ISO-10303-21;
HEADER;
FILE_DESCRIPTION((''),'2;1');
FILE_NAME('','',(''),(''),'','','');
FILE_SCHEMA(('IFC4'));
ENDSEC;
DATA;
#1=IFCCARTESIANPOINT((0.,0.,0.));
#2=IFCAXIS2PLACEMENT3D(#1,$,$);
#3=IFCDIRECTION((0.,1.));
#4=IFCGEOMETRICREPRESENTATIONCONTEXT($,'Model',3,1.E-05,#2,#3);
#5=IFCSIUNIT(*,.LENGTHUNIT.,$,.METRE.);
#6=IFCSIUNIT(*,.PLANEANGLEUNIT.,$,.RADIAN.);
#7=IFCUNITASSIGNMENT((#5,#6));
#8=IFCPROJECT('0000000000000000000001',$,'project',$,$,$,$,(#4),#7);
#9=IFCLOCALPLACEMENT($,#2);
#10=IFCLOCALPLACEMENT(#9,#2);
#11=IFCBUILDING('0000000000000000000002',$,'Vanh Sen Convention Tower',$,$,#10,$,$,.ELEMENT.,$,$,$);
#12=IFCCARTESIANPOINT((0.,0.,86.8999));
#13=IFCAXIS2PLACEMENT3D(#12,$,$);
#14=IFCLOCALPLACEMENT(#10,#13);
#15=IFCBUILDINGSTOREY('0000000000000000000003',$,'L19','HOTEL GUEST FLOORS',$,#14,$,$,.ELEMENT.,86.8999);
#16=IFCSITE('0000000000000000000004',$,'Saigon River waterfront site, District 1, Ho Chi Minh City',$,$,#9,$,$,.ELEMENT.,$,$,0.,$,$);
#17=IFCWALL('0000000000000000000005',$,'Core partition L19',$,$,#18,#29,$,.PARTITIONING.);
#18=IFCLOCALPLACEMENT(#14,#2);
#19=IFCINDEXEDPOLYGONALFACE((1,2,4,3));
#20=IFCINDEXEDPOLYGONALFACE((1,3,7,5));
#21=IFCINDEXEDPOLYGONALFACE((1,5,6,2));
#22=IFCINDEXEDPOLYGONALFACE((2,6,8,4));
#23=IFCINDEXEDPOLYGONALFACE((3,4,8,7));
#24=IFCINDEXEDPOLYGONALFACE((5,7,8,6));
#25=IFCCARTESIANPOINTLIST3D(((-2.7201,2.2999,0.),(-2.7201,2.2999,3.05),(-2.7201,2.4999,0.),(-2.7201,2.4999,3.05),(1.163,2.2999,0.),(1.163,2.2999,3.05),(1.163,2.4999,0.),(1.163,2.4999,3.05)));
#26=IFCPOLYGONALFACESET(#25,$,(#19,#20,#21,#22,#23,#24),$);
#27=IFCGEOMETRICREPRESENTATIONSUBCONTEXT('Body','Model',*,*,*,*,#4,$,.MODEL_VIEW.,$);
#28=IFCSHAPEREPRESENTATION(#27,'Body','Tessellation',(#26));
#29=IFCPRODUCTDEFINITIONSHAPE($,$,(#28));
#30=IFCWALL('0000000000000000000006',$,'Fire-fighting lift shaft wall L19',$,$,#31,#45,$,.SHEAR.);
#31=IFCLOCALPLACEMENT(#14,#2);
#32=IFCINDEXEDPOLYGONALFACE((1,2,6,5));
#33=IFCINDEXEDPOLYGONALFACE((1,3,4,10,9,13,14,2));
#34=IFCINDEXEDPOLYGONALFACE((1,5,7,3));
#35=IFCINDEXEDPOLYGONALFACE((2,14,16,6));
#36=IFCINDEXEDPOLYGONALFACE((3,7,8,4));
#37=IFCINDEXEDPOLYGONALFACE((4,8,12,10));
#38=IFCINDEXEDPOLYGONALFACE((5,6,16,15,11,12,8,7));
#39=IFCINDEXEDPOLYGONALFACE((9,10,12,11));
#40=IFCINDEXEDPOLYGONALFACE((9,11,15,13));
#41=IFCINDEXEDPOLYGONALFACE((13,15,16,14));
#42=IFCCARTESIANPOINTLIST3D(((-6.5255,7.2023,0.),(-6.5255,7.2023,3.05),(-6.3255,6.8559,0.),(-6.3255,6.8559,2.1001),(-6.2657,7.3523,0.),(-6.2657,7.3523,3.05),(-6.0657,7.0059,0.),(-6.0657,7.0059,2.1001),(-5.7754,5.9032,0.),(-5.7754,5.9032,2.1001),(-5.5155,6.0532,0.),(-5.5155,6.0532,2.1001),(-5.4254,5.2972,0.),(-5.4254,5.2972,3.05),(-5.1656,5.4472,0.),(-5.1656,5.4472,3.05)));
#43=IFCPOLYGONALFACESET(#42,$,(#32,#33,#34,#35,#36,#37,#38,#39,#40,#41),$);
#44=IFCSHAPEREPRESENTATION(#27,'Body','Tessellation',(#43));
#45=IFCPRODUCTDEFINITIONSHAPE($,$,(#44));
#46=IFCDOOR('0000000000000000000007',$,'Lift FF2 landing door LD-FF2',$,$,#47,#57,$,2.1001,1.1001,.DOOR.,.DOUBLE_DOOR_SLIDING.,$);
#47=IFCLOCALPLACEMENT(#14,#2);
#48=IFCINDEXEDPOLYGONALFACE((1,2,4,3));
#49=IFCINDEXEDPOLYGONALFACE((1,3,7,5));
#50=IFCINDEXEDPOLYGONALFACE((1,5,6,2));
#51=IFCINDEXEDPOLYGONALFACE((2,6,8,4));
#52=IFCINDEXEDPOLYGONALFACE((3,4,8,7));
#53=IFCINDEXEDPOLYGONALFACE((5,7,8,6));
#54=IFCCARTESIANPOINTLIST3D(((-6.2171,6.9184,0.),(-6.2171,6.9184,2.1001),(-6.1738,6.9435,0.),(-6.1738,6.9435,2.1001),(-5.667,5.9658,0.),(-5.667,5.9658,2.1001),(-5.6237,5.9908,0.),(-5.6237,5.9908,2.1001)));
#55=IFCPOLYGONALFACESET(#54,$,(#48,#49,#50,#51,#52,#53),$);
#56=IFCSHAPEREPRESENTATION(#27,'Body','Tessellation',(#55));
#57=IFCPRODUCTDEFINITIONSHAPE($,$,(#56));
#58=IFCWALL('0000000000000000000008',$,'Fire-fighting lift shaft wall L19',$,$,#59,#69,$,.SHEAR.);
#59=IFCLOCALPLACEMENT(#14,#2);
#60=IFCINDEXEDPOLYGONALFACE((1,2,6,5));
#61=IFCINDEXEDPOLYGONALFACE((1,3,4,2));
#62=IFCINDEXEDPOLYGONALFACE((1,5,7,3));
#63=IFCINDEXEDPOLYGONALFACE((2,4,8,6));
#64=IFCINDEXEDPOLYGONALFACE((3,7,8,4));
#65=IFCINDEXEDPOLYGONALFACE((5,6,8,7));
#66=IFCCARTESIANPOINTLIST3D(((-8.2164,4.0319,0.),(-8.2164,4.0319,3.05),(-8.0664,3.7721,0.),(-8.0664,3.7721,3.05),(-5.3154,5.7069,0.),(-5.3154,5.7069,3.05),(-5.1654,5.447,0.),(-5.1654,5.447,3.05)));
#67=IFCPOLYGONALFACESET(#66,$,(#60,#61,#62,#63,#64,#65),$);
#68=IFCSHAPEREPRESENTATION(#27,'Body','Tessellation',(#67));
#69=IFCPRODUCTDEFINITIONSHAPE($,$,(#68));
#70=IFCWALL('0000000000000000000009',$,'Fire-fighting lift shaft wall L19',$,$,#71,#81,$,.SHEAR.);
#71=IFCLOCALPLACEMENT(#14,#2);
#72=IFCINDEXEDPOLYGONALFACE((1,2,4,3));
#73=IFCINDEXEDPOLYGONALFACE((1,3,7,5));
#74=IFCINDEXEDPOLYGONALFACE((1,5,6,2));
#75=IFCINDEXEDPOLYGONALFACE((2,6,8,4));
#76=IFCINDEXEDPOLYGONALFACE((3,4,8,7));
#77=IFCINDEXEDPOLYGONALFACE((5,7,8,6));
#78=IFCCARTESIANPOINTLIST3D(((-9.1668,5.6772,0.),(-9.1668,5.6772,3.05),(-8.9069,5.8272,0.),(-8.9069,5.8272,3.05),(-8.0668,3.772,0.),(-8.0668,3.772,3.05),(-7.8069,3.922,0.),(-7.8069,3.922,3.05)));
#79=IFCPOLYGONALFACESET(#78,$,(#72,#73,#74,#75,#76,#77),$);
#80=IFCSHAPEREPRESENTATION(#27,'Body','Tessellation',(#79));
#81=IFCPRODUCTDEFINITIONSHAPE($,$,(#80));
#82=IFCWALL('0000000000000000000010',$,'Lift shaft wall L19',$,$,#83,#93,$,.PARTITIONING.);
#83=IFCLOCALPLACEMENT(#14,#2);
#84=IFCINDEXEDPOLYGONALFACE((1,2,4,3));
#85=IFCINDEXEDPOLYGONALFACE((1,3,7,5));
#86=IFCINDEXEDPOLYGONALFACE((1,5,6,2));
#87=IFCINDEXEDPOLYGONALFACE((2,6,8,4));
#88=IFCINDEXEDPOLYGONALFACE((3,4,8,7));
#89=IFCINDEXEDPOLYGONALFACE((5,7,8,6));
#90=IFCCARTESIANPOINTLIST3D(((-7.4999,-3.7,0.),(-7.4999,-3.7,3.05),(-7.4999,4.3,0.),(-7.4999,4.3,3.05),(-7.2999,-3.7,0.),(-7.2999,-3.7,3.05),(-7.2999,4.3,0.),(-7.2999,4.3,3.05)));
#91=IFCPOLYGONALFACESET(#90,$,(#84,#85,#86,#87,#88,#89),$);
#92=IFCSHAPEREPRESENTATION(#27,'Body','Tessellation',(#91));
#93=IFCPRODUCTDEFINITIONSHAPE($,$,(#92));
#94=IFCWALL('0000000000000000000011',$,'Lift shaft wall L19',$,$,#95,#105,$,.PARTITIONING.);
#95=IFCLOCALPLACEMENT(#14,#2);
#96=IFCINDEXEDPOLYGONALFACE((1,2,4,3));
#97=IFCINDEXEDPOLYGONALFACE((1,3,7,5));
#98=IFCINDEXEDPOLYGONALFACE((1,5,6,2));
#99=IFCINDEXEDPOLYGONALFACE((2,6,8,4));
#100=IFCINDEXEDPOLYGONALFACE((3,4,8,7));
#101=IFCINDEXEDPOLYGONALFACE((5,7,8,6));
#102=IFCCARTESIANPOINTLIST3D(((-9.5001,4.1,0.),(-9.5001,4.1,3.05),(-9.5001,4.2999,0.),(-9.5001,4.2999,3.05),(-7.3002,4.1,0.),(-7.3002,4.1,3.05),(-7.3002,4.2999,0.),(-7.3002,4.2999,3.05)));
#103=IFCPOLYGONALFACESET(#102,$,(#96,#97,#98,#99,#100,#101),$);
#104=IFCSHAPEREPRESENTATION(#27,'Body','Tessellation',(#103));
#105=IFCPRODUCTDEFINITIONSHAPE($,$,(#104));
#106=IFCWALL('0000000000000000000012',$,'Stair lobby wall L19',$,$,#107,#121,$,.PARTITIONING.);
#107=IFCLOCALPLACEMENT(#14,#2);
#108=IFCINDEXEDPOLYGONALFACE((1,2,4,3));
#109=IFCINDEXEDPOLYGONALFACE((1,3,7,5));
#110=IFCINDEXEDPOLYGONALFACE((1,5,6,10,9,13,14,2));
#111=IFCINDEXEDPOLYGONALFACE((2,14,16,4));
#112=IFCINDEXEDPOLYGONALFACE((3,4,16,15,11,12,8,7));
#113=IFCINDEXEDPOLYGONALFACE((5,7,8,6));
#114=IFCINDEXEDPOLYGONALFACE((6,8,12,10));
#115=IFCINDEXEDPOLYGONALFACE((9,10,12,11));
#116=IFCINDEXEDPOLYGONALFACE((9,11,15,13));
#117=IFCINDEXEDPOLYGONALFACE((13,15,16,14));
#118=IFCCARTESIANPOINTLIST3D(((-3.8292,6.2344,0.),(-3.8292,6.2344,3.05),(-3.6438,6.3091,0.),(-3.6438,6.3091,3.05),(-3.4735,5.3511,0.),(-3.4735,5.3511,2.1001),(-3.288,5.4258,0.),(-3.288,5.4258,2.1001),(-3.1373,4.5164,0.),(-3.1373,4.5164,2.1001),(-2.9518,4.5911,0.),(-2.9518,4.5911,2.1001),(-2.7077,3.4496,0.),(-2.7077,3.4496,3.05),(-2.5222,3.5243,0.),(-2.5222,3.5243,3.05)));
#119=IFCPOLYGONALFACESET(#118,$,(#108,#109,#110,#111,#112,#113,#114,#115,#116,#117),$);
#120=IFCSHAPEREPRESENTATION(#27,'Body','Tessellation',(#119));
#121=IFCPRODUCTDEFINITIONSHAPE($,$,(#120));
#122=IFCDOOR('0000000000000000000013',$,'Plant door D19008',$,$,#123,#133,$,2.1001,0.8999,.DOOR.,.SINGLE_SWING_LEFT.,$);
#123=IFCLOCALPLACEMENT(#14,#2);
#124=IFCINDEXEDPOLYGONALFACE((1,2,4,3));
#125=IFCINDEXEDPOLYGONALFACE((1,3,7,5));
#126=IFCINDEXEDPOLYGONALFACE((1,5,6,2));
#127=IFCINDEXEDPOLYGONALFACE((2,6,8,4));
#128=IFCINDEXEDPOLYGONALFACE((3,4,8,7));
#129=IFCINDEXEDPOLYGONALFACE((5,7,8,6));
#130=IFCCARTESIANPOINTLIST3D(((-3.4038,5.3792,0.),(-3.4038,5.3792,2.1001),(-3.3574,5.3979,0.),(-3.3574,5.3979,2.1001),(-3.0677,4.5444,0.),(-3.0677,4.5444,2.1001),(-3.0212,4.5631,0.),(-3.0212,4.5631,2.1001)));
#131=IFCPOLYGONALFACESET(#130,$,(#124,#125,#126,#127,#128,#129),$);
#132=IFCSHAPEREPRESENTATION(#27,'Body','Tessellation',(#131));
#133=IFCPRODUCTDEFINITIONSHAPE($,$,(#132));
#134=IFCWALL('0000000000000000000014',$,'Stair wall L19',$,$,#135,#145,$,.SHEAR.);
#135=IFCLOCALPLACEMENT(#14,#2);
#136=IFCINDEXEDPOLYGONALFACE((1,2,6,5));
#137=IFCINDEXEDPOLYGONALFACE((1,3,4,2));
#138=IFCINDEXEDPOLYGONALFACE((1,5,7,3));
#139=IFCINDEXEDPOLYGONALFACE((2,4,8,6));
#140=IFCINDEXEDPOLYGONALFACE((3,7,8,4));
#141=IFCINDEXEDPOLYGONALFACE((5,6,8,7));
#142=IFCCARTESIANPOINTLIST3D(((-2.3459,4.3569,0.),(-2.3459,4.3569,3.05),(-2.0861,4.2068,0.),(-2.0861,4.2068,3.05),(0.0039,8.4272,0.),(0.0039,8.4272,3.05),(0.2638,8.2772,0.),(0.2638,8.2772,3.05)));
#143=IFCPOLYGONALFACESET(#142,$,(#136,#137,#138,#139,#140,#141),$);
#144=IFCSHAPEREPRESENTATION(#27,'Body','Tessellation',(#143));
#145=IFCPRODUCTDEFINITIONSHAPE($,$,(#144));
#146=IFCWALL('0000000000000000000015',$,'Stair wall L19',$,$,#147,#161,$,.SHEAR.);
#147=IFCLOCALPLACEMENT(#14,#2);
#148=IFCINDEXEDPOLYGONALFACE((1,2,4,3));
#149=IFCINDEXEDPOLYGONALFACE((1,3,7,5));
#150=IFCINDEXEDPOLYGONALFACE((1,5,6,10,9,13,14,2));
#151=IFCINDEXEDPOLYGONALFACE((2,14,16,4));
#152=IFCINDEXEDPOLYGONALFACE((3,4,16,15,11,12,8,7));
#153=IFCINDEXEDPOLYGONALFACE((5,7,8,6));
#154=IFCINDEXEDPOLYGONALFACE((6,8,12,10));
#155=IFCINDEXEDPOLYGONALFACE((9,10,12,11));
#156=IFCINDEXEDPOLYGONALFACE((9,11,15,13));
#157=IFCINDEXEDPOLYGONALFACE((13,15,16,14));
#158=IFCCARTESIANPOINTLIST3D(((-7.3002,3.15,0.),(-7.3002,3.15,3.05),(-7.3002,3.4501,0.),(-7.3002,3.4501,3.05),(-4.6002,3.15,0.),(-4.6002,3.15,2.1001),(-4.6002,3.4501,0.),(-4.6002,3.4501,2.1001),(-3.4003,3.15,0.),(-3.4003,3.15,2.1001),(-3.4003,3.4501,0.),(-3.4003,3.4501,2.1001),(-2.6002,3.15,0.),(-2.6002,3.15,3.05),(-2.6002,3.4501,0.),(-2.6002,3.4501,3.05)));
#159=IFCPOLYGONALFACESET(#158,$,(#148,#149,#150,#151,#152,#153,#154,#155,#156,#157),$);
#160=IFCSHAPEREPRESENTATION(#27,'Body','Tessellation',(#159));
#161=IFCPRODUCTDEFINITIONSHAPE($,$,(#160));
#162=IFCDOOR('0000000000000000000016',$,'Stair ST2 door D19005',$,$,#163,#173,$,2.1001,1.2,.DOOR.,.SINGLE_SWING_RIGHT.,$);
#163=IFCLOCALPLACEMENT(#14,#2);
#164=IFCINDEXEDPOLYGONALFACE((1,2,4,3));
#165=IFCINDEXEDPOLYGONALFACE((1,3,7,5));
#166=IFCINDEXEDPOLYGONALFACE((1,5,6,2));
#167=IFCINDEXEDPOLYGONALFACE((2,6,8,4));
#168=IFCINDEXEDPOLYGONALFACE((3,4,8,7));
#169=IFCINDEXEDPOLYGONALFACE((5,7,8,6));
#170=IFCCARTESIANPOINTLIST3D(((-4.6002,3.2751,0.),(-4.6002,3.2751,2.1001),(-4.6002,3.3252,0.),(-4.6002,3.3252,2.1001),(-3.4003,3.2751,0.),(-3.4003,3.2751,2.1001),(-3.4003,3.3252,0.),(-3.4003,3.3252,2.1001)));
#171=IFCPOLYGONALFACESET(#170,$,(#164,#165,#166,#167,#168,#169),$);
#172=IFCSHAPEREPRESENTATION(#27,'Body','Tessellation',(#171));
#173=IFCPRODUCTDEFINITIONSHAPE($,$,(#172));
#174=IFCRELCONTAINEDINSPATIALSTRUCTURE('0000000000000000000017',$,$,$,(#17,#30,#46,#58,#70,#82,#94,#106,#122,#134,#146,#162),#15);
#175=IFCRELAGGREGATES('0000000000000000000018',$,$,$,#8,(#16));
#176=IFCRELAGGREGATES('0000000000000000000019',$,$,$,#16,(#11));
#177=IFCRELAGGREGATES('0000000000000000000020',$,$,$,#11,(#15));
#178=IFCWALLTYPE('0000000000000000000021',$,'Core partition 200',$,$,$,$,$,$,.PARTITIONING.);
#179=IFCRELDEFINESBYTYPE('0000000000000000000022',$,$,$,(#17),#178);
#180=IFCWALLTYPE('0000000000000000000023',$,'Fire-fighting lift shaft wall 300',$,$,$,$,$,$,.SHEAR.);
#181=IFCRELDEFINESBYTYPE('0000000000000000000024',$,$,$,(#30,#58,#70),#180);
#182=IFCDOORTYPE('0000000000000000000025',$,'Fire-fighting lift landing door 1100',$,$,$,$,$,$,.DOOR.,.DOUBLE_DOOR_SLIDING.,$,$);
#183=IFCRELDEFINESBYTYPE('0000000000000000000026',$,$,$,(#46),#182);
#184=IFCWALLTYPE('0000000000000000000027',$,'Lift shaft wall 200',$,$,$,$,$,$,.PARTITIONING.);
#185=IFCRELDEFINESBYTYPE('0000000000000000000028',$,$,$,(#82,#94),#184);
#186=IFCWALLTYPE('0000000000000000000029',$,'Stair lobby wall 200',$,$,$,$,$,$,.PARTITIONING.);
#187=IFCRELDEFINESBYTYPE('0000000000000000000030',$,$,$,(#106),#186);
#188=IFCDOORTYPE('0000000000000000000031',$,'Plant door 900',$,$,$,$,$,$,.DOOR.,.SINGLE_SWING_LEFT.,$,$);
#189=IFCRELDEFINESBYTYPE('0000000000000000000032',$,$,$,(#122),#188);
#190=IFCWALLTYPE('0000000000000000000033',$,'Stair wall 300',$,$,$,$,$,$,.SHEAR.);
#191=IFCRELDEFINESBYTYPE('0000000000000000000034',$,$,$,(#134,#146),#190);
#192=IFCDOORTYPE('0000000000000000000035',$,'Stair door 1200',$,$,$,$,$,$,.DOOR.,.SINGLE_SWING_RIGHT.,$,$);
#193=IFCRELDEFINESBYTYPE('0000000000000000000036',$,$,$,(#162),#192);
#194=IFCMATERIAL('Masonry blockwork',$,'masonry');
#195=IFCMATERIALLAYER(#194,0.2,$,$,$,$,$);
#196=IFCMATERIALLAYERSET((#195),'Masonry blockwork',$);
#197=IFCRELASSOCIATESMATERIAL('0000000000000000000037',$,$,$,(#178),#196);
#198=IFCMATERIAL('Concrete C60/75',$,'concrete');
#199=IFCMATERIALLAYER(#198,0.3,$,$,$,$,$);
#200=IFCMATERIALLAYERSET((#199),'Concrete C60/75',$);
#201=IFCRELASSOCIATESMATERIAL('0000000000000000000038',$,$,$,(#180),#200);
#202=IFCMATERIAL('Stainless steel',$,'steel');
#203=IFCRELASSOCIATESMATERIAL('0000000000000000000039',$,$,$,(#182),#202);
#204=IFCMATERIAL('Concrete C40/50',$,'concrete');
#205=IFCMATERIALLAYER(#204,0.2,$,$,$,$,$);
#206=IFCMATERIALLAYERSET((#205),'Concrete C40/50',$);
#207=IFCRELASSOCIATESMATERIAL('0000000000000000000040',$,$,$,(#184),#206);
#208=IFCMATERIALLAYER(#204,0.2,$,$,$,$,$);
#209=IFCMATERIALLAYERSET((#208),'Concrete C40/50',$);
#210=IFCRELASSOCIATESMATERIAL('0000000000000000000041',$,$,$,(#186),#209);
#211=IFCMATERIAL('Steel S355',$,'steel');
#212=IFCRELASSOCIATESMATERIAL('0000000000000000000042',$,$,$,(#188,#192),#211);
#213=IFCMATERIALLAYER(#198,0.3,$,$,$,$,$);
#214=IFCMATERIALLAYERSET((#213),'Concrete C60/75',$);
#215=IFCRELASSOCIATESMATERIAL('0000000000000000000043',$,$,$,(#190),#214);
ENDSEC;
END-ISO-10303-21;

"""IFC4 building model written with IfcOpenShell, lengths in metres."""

from ifc_helpers import new_model, si_unit, direction, frame, frame_2d, origin, place, context, subcontext, project, spatial, rectangle, extrude, material, layer, layer_set, type_object, element, fill, save


model = new_model("IFC4")

# Units and contexts
model_context = context("Model", 3, precision=1e-05, world=origin(), true_north=direction((0.0, 1.0)))
body_context = subcontext(model_context, "Body", "Model", "MODEL_VIEW")
ifc_project = project(units=[si_unit("LENGTHUNIT", "METRE"), si_unit("PLANEANGLEUNIT", "RADIAN")], contexts=[model_context])

# Site, building, storey
site_placement = place(None, origin())
site = spatial("IfcSite", under=ifc_project, at=site_placement, Name="Saigon River waterfront site, District 1, Ho Chi Minh City", CompositionType="ELEMENT", RefElevation=0.0)
building_placement = place(site_placement, origin())
building = spatial("IfcBuilding", under=site, at=building_placement, Name="Vanh Sen Convention Tower", CompositionType="ELEMENT")
storey_placement = place(building_placement, frame((0.0, 0.0, 86.8999)))
storey = spatial("IfcBuildingStorey", under=building, at=storey_placement, Name="L19", Description="HOTEL GUEST FLOORS", CompositionType="ELEMENT", Elevation=86.8999)

# Wall
ifc_material_1 = material(Name="Masonry blockwork", Category="masonry")
ifc_layer_1 = layer(ifc_material_1, 0.2)
ifc_layer_set_1 = layer_set([ifc_layer_1], Name="Masonry blockwork")
wall_type_1 = type_object("IfcWallType", Name="Core partition 200", PredefinedType="PARTITIONING", material=ifc_layer_set_1)
wall_1_placement = place(storey_placement, frame((-2.72, 2.3999, 0.0), z_axis=(0.0, 0.0, 1.0), x_axis=(1.0, 0.0, 0.0)))
element("IfcWall", 1, at=wall_1_placement, inside=storey, type_object=wall_type_1, Name="Core partition L19", PredefinedType="PARTITIONING", context=body_context, shape_type="SweptSolid", body=[
    extrude(rectangle(XDim=3.8831, YDim=0.2, at=frame_2d((1.9414, 0.0))), origin(), (0.0, 0.0, 1.0), 3.05),
])

# Wall, opening, door
ifc_material_2 = material(Name="Concrete C60/75", Category="concrete")
ifc_layer_2 = layer(ifc_material_2, 0.3)
ifc_layer_set_2 = layer_set([ifc_layer_2], Name="Concrete C60/75")
wall_type_2 = type_object("IfcWallType", Name="Fire-fighting lift shaft wall 300", PredefinedType="SHEAR", material=ifc_layer_set_2)
wall_2_placement = place(storey_placement, frame((-5.2954, 5.3721, 0.0), z_axis=(0.0, 0.0, 1.0), x_axis=(-0.500078, 0.86598, 0.0)))
wall_2 = element("IfcWall", 2, at=wall_2_placement, inside=storey, type_object=wall_type_2, Name="Fire-fighting lift shaft wall L19", PredefinedType="SHEAR", context=body_context, shape_type="SweptSolid", body=[
    extrude(rectangle(XDim=2.2, YDim=0.3, at=frame_2d((1.1001, 0.0))), origin(), (0.0, 0.0, 1.0), 3.05),
])
opening_1_placement = place(wall_2_placement, frame((0.7, 0.0, 0.0)))
opening_1 = element("IfcOpeningElement", 3, at=opening_1_placement, cuts=wall_2, PredefinedType="OPENING", context=body_context, shape_type="SweptSolid", body=[
    extrude(rectangle(XDim=1.1001, YDim=2.1001, at=frame_2d((0.55, 1.05))), frame((0.0, 0.1599, 0.0), z_axis=(0.0, -1.0, 0.0), x_axis=(1.0, 0.0, 0.0)), (0.0, 0.0, 1.0), 0.3201),
])
ifc_material_3 = material(Name="Stainless steel", Category="steel")
door_type_1 = type_object("IfcDoorType", Name="Fire-fighting lift landing door 1100", OperationType="DOUBLE_DOOR_SLIDING", PredefinedType="DOOR", material=ifc_material_3)
door_1_placement = place(opening_1_placement, origin())
door_1 = element("IfcDoor", 4, at=door_1_placement, inside=storey, type_object=door_type_1, Name="Lift FF2 landing door LD-FF2", OperationType="DOUBLE_DOOR_SLIDING", OverallHeight=2.1001, OverallWidth=1.1001, PredefinedType="DOOR", context=body_context, shape_type="SweptSolid", body=[
    extrude(rectangle(XDim=1.1001, YDim=2.1001, at=frame_2d((0.55, 1.05))), frame((0.0, 0.0249, 0.0), z_axis=(0.0, -1.0, 0.0), x_axis=(1.0, 0.0, 0.0)), (0.0, 0.0, 1.0), 0.05),
])
fill(opening_1, door_1)

# Walls
wall_3_placement = place(storey_placement, frame((-5.2405, 5.5769, 0.0), z_axis=(0.0, 0.0, 1.0), x_axis=(-0.866014, -0.500019, 0.0)))
element("IfcWall", 5, at=wall_3_placement, inside=storey, type_object=wall_type_2, Name="Fire-fighting lift shaft wall L19", PredefinedType="SHEAR", context=body_context, shape_type="SweptSolid", body=[
    extrude(rectangle(XDim=3.3499, YDim=0.3, at=frame_2d((1.6748, 0.0))), origin(), (0.0, 0.0, 1.0), 3.05),
])
wall_4_placement = place(storey_placement, frame((-7.9368, 3.8469, 0.0), z_axis=(0.0, 0.0, 1.0), x_axis=(-0.50003, 0.866008, 0.0)))
element("IfcWall", 6, at=wall_4_placement, inside=storey, type_object=wall_type_2, Name="Fire-fighting lift shaft wall L19", PredefinedType="SHEAR", context=body_context, shape_type="SweptSolid", body=[
    extrude(rectangle(XDim=2.2, YDim=0.3, at=frame_2d((1.1001, 0.0))), origin(), (0.0, 0.0, 1.0), 3.05),
])
ifc_material_4 = material(Name="Concrete C40/50", Category="concrete")
ifc_layer_3 = layer(ifc_material_4, 0.2)
ifc_layer_set_3 = layer_set([ifc_layer_3], Name="Concrete C40/50")
wall_type_3 = type_object("IfcWallType", Name="Lift shaft wall 200", PredefinedType="PARTITIONING", material=ifc_layer_set_3)
wall_5_placement = place(storey_placement, frame((-7.3999, 4.3, 0.0), z_axis=(0.0, 0.0, 1.0), x_axis=(0.0, -1.0, 0.0)))
element("IfcWall", 7, at=wall_5_placement, inside=storey, type_object=wall_type_3, Name="Lift shaft wall L19", PredefinedType="PARTITIONING", context=body_context, shape_type="SweptSolid", body=[
    extrude(rectangle(XDim=8.0, YDim=0.2, at=frame_2d((4.0, 0.0))), origin(), (0.0, 0.0, 1.0), 3.05),
])
wall_6_placement = place(storey_placement, frame((-7.3, 4.2, 0.0), z_axis=(0.0, 0.0, 1.0), x_axis=(-1.0, 0.0, 0.0)))
element("IfcWall", 8, at=wall_6_placement, inside=storey, type_object=wall_type_3, Name="Lift shaft wall L19", PredefinedType="PARTITIONING", context=body_context, shape_type="SweptSolid", body=[
    extrude(rectangle(XDim=2.2, YDim=0.2, at=frame_2d((1.1001, 0.0))), origin(), (0.0, 0.0, 1.0), 3.05),
])

# Wall, opening, door
ifc_layer_4 = layer(ifc_material_4, 0.2)
ifc_layer_set_4 = layer_set([ifc_layer_4], Name="Concrete C40/50")
wall_type_4 = type_object("IfcWallType", Name="Stair lobby wall 200", PredefinedType="PARTITIONING", material=ifc_layer_set_4)
wall_7_placement = place(storey_placement, frame((-2.615, 3.4871, 0.0), z_axis=(0.0, 0.0, 1.0), x_axis=(-0.373577, 0.927599, 0.0)))
wall_7 = element("IfcWall", 9, at=wall_7_placement, inside=storey, type_object=wall_type_4, Name="Stair lobby wall L19", PredefinedType="PARTITIONING", context=body_context, shape_type="SweptSolid", body=[
    extrude(rectangle(XDim=3.0022, YDim=0.2, at=frame_2d((1.501, 0.0))), origin(), (0.0, 0.0, 1.0), 3.05),
])
opening_2_placement = place(wall_7_placement, frame((1.1499, 0.0, 0.0)))
opening_2 = element("IfcOpeningElement", 10, at=opening_2_placement, cuts=wall_7, PredefinedType="OPENING", context=body_context, shape_type="SweptSolid", body=[
    extrude(rectangle(XDim=0.8999, YDim=2.1001, at=frame_2d((0.45, 1.05))), frame((0.0, 0.1099, 0.0), z_axis=(0.0, -1.0, 0.0), x_axis=(1.0, 0.0, 0.0)), (0.0, 0.0, 1.0), 0.22),
])
ifc_material_5 = material(Name="Steel S355", Category="steel")
door_type_2 = type_object("IfcDoorType", Name="Plant door 900", OperationType="SINGLE_SWING_LEFT", PredefinedType="DOOR", material=ifc_material_5)
door_2_placement = place(opening_2_placement, origin())
door_2 = element("IfcDoor", 11, at=door_2_placement, inside=storey, type_object=door_type_2, Name="Plant door D19008", OperationType="SINGLE_SWING_LEFT", OverallHeight=2.1001, OverallWidth=0.8999, PredefinedType="DOOR", context=body_context, shape_type="SweptSolid", body=[
    extrude(rectangle(XDim=0.8999, YDim=2.1001, at=frame_2d((0.45, 1.05))), frame((0.0, 0.0249, 0.0), z_axis=(0.0, -1.0, 0.0), x_axis=(1.0, 0.0, 0.0)), (0.0, 0.0, 1.0), 0.05),
])
fill(opening_2, door_2)

# Wall
ifc_layer_5 = layer(ifc_material_2, 0.3)
ifc_layer_set_5 = layer_set([ifc_layer_5], Name="Concrete C60/75")
wall_type_5 = type_object("IfcWallType", Name="Stair wall 300", PredefinedType="SHEAR", material=ifc_layer_set_5)
wall_8_placement = place(storey_placement, frame((-2.2161, 4.2817, 0.0), z_axis=(0.0, 0.0, 1.0), x_axis=(0.499977, 0.866039, 0.0)))
element("IfcWall", 12, at=wall_8_placement, inside=storey, type_object=wall_type_5, Name="Stair wall L19", PredefinedType="SHEAR", context=body_context, shape_type="SweptSolid", body=[
    extrude(rectangle(XDim=4.7, YDim=0.3, at=frame_2d((2.3501, 0.0))), origin(), (0.0, 0.0, 1.0), 3.05),
])

# Wall, opening, door
wall_9_placement = place(storey_placement, frame((-2.6001, 3.3, 0.0), z_axis=(0.0, 0.0, 1.0), x_axis=(-1.0, 0.0, 0.0)))
wall_9 = element("IfcWall", 13, at=wall_9_placement, inside=storey, type_object=wall_type_5, Name="Stair wall L19", PredefinedType="SHEAR", context=body_context, shape_type="SweptSolid", body=[
    extrude(rectangle(XDim=4.7, YDim=0.3, at=frame_2d((2.3501, 0.0))), origin(), (0.0, 0.0, 1.0), 3.05),
])
opening_3_placement = place(wall_9_placement, frame((0.8, 0.0, 0.0)))
opening_3 = element("IfcOpeningElement", 14, at=opening_3_placement, cuts=wall_9, PredefinedType="OPENING", context=body_context, shape_type="SweptSolid", body=[
    extrude(rectangle(XDim=1.2, YDim=2.1001, at=frame_2d((0.6001, 1.05))), frame((0.0, 0.1599, 0.0), z_axis=(0.0, -1.0, 0.0), x_axis=(1.0, 0.0, 0.0)), (0.0, 0.0, 1.0), 0.3201),
])
door_type_3 = type_object("IfcDoorType", Name="Stair door 1200", OperationType="SINGLE_SWING_RIGHT", PredefinedType="DOOR", material=ifc_material_5)
door_3_placement = place(opening_3_placement, origin())
door_3 = element("IfcDoor", 15, at=door_3_placement, inside=storey, type_object=door_type_3, Name="Stair ST2 door D19005", OperationType="SINGLE_SWING_RIGHT", OverallHeight=2.1001, OverallWidth=1.2, PredefinedType="DOOR", context=body_context, shape_type="SweptSolid", body=[
    extrude(rectangle(XDim=1.2, YDim=2.1001, at=frame_2d((0.6001, 1.05))), frame((0.0, 0.0249, 0.0), z_axis=(0.0, -1.0, 0.0), x_axis=(1.0, 0.0, 0.0)), (0.0, 0.0, 1.0), 0.05),
])
fill(opening_3, door_3)

save(model, "model.ifc")
